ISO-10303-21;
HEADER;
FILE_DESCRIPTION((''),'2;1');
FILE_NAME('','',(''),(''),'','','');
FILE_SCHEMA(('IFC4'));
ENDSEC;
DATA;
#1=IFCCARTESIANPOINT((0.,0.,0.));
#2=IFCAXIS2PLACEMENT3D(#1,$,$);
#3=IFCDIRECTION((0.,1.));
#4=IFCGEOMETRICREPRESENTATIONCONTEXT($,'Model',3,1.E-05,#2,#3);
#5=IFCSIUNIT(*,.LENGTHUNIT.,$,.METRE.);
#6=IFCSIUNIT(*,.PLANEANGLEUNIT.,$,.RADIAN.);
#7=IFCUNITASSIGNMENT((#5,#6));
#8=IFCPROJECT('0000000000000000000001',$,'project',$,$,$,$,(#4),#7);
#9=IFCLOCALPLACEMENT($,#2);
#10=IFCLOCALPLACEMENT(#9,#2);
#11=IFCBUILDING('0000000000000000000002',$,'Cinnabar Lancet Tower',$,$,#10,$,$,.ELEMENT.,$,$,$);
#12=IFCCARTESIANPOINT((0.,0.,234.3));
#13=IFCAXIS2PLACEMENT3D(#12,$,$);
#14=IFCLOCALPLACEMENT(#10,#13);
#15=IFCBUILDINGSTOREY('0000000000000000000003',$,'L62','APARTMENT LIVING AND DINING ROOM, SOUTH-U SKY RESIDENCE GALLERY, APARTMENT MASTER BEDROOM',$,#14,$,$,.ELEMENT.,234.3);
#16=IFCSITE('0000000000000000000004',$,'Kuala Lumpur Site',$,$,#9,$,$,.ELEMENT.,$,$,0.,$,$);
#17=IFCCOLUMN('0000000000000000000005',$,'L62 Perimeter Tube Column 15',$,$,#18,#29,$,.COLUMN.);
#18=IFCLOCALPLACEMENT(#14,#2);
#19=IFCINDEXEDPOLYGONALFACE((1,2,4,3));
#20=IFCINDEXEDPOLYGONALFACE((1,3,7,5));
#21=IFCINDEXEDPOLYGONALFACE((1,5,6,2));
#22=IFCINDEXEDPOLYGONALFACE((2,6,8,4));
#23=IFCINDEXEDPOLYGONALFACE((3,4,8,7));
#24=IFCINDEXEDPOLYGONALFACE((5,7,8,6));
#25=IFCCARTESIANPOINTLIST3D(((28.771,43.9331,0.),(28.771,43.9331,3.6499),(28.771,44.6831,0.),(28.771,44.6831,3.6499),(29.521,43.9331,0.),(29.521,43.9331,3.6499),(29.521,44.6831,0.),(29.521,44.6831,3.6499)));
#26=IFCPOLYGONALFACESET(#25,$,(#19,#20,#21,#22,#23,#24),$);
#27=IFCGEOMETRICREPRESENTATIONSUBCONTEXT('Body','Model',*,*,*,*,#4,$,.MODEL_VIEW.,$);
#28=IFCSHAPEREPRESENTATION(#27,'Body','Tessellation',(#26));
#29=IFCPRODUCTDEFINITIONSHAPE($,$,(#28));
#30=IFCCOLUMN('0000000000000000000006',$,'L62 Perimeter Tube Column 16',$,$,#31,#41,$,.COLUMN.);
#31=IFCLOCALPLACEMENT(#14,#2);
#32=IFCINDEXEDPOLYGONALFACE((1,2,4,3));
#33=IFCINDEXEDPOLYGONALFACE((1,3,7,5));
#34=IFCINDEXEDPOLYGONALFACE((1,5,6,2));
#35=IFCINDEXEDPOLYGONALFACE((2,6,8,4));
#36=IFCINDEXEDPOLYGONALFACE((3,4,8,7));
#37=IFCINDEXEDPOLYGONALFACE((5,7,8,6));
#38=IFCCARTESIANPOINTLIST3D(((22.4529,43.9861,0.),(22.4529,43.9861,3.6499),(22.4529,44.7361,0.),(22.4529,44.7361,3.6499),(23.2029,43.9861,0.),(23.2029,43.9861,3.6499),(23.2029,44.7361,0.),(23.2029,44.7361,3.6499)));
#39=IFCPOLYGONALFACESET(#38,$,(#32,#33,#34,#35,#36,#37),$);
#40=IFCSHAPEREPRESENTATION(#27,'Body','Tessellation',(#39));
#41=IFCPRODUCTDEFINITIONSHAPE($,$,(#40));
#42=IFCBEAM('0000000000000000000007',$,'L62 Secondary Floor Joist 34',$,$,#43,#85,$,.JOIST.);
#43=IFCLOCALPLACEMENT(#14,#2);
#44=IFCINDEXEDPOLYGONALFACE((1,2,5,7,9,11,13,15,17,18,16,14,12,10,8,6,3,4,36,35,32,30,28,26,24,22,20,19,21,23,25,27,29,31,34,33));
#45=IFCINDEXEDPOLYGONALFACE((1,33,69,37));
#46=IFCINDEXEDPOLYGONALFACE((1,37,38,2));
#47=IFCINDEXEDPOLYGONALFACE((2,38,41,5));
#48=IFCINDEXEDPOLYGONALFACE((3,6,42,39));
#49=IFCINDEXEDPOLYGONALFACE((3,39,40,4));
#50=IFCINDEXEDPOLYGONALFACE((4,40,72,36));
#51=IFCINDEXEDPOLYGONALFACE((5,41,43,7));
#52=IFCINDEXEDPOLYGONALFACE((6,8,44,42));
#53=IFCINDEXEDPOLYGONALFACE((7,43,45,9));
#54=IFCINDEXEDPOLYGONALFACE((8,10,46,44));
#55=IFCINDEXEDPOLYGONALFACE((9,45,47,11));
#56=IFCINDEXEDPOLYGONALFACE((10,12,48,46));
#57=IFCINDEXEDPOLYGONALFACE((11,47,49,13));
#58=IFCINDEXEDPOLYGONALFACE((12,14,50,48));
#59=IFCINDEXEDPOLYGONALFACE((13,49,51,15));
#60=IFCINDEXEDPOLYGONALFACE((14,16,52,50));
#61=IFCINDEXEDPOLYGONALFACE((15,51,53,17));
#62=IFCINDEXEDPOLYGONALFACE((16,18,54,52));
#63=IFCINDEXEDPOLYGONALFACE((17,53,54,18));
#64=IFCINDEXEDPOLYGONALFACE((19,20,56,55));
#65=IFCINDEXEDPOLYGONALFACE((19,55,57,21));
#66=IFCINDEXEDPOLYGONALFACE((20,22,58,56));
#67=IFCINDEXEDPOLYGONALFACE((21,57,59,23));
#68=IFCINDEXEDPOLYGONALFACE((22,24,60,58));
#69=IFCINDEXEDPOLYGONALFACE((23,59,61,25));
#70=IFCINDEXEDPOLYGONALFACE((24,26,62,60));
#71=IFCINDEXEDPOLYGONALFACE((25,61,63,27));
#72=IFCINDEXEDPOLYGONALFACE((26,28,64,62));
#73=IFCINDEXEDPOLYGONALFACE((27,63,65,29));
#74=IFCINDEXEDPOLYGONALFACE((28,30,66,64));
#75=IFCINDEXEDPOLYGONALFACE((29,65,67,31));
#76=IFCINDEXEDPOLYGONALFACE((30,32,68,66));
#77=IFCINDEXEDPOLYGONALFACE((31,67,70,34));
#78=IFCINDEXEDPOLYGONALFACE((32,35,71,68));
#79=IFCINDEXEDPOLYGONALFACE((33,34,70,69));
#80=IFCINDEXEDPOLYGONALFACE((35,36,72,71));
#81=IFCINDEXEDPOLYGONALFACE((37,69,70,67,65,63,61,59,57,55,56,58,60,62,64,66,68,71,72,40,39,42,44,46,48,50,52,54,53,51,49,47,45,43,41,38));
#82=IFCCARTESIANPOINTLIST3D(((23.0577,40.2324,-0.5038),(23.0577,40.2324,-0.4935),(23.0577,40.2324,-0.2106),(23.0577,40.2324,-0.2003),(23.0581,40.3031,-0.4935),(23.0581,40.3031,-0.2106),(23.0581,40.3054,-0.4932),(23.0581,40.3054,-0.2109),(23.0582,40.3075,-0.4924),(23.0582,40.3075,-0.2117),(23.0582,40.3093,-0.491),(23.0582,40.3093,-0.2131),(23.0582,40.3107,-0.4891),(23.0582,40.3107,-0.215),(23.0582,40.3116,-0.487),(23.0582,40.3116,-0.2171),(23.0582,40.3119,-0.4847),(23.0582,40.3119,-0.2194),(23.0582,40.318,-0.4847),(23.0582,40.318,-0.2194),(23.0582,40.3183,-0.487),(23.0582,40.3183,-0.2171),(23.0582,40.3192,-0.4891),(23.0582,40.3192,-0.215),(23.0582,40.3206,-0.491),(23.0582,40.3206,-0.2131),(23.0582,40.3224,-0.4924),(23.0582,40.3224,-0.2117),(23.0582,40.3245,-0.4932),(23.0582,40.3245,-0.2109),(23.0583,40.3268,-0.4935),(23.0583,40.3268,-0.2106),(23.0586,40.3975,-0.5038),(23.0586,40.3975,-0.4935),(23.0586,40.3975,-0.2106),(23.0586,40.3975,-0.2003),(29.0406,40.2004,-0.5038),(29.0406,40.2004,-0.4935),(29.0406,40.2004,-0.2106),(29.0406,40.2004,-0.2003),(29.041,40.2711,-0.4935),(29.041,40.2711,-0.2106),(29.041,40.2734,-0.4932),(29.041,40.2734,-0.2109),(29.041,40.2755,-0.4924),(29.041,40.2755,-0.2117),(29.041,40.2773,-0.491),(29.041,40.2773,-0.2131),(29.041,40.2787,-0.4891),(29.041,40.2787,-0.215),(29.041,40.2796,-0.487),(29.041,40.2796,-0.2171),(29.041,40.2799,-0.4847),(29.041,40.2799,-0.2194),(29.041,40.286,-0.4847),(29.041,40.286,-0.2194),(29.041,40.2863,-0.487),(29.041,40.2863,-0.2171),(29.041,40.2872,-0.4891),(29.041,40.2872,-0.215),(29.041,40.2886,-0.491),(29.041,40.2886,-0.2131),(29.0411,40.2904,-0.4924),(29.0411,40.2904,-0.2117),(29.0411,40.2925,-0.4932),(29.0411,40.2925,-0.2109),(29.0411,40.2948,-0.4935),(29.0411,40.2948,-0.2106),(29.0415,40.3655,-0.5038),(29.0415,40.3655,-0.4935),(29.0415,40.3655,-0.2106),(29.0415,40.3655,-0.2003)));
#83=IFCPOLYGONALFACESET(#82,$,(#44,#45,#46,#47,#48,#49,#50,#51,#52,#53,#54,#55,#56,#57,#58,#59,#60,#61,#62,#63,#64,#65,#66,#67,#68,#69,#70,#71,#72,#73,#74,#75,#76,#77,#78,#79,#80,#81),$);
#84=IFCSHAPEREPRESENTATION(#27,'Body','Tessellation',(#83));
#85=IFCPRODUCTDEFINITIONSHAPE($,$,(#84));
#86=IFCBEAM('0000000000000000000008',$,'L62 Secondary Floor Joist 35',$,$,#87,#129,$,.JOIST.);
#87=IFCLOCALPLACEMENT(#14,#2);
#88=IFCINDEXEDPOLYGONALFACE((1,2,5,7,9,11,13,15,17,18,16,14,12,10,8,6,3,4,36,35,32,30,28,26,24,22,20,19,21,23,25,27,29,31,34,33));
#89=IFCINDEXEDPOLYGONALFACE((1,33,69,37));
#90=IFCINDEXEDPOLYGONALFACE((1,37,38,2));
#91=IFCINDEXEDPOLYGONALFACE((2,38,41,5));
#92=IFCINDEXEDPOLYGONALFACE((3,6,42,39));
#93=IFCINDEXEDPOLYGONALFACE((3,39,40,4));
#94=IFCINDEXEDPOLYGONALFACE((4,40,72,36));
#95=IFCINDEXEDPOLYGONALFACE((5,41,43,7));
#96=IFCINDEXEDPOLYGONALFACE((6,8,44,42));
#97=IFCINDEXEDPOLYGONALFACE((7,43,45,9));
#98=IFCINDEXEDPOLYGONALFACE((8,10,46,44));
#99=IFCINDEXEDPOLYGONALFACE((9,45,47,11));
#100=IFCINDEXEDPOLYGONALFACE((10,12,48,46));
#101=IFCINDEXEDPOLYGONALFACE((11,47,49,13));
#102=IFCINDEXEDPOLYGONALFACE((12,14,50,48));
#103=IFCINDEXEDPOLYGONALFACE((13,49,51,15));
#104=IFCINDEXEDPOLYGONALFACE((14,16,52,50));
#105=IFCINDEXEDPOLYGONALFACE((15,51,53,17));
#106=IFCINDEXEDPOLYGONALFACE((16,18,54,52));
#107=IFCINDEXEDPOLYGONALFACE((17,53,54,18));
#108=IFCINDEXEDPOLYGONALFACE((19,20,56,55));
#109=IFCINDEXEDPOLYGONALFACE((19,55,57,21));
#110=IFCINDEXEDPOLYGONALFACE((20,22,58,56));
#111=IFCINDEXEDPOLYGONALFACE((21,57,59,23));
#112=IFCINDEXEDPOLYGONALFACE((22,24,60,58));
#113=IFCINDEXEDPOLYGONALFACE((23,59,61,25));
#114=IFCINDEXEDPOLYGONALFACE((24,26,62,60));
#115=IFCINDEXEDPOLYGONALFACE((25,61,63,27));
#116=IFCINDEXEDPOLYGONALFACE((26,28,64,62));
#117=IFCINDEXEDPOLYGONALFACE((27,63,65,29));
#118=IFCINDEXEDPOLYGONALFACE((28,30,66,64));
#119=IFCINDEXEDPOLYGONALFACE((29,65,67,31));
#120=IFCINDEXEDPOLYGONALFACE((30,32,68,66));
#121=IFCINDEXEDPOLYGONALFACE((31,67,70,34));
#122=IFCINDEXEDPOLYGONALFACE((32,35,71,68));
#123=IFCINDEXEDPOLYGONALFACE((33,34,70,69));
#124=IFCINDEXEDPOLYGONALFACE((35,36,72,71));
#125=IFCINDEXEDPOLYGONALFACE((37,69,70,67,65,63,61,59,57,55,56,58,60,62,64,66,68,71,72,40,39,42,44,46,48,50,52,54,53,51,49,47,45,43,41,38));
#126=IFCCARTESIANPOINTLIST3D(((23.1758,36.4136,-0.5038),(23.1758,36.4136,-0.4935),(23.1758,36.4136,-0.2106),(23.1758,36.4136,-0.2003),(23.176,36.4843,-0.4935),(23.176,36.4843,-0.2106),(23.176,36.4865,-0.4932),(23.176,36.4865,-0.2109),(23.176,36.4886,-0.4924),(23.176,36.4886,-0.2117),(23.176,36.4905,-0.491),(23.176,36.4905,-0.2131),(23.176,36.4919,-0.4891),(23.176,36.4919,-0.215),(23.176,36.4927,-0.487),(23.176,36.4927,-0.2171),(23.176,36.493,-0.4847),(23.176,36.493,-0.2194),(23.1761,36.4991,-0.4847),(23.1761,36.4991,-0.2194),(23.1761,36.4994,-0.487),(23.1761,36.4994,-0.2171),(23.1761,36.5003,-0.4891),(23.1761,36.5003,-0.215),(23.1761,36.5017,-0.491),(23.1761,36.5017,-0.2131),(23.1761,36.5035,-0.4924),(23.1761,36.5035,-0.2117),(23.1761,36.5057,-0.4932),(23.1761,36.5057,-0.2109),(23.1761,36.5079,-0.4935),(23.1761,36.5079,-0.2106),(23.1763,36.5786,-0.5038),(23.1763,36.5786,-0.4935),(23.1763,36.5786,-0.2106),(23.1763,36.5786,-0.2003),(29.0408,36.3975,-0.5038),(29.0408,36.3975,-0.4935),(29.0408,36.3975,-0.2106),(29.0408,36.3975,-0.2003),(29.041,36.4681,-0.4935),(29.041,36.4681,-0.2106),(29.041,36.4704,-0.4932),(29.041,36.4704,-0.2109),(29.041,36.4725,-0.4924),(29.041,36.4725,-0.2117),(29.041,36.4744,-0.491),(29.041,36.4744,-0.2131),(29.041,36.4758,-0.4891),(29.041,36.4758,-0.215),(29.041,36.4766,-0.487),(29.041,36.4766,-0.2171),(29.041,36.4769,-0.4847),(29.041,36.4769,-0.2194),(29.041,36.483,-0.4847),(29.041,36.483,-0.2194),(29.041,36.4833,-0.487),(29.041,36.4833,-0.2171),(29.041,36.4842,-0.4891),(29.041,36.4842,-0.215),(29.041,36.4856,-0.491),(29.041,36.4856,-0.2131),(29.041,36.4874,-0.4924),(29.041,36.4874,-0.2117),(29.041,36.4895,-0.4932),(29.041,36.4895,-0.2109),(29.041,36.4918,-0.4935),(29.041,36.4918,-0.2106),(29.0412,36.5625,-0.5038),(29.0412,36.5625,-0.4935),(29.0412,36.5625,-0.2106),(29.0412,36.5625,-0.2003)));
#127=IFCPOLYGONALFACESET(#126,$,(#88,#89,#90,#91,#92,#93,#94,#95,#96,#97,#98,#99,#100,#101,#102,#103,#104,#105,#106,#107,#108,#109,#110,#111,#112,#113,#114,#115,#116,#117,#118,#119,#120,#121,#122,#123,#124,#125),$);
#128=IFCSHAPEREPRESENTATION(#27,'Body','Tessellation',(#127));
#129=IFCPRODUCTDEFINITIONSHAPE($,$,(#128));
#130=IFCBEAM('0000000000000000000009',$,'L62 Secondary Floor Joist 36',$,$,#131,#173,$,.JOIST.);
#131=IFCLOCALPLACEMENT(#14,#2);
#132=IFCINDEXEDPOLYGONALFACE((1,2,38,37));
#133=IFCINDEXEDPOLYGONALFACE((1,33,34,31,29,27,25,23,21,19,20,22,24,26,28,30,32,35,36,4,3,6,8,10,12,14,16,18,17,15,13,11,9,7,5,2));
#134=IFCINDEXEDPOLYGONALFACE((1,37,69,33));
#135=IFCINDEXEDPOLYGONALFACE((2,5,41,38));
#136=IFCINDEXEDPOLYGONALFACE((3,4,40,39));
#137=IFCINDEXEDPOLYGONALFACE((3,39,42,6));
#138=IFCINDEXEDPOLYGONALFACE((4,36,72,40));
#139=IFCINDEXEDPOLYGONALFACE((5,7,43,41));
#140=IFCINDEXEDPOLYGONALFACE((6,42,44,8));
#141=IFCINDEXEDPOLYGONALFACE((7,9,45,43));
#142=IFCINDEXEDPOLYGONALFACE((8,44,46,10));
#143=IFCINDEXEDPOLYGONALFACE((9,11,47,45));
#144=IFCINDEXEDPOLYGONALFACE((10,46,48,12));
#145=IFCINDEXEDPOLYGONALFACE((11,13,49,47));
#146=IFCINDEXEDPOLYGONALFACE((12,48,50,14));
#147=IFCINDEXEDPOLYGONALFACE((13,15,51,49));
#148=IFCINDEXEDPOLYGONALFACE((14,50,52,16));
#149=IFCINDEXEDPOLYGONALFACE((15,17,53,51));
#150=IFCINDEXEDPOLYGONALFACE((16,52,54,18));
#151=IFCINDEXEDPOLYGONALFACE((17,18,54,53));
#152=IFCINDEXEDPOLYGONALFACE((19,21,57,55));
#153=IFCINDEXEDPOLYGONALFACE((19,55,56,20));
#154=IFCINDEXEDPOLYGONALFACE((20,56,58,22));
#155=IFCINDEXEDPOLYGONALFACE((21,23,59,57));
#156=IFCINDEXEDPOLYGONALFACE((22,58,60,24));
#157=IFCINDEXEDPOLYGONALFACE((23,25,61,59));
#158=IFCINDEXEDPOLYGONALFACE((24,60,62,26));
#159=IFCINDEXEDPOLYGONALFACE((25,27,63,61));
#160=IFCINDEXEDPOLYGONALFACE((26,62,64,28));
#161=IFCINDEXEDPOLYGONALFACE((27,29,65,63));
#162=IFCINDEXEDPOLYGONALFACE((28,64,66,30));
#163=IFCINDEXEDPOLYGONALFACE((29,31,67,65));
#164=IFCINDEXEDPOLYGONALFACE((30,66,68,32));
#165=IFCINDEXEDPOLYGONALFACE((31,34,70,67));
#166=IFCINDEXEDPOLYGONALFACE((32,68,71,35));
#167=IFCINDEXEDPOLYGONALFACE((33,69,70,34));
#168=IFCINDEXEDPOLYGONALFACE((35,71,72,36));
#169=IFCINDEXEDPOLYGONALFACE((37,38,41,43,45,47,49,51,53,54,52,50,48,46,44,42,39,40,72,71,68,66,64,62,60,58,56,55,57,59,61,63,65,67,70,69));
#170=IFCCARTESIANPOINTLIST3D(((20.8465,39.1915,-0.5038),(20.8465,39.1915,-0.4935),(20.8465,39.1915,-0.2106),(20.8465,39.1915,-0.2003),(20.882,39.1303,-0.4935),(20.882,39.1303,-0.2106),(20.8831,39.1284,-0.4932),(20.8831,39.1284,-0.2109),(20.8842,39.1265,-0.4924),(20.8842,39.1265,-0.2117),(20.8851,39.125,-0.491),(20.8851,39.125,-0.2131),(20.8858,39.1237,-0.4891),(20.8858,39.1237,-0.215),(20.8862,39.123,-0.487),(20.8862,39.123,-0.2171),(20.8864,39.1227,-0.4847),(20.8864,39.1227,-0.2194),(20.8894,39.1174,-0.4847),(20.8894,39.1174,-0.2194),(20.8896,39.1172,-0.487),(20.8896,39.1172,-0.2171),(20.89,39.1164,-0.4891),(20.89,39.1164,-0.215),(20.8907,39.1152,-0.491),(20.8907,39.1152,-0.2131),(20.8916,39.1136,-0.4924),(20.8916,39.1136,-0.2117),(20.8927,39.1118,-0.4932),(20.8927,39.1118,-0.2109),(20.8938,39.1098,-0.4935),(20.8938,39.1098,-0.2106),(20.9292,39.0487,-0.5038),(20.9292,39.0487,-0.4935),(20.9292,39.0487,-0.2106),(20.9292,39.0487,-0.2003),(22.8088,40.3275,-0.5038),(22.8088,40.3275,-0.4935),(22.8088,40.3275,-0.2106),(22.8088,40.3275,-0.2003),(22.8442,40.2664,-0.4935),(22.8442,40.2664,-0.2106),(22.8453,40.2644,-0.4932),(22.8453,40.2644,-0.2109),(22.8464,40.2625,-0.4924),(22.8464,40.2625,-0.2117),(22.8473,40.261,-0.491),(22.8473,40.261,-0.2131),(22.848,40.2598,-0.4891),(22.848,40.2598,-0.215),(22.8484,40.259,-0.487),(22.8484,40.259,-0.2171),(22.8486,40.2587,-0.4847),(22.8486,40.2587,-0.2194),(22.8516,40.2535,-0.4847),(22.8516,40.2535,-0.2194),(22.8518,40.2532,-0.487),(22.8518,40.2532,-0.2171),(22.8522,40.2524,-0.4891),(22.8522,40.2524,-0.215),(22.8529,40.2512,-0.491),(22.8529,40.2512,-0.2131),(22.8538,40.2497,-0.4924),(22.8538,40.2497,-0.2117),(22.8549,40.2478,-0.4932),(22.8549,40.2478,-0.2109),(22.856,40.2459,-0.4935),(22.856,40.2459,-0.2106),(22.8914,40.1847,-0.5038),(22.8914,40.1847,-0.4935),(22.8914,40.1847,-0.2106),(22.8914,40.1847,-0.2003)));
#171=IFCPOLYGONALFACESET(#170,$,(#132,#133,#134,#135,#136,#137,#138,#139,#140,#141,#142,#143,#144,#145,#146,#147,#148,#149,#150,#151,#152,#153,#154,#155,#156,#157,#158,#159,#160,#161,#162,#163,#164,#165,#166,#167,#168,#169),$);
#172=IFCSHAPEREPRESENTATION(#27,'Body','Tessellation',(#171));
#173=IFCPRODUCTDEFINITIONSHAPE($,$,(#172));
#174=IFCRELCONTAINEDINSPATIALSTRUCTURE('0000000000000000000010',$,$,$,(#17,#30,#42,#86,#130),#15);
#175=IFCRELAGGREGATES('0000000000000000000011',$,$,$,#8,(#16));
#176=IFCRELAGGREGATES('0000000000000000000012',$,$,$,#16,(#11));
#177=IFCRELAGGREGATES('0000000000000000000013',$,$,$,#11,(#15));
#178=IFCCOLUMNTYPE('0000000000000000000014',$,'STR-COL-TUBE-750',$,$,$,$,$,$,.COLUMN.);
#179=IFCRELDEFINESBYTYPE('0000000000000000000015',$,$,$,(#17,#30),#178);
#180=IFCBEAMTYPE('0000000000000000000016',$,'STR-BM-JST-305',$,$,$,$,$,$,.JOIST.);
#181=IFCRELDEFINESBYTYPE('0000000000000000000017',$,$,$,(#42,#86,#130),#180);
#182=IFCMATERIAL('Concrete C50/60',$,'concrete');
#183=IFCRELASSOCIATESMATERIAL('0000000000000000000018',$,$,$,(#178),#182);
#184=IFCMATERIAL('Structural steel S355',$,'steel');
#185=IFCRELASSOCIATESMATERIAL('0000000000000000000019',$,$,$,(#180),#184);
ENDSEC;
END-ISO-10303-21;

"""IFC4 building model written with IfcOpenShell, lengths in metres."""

from ifc_helpers import new_model, si_unit, direction, frame, origin, origin_2d, place, context, subcontext, project, spatial, rectangle, i_section, extrude, material, material_profile, profile_set, type_object, element, save


model = new_model("IFC4")

# Units and contexts
model_context = context("Model", 3, precision=1e-05, world=origin(), true_north=direction((0.0, 1.0)))
body_context = subcontext(model_context, "Body", "Model", "MODEL_VIEW")
ifc_project = project(units=[si_unit("LENGTHUNIT", "METRE"), si_unit("PLANEANGLEUNIT", "RADIAN")], contexts=[model_context])

# Site, building, storey
site_placement = place(None, origin())
site = spatial("IfcSite", under=ifc_project, at=site_placement, Name="Kuala Lumpur Site", CompositionType="ELEMENT", RefElevation=0.0)
building_placement = place(site_placement, origin())
building = spatial("IfcBuilding", under=site, at=building_placement, Name="Cinnabar Lancet Tower", CompositionType="ELEMENT")
storey_placement = place(building_placement, frame((0.0, 0.0, 234.3)))
storey = spatial("IfcBuildingStorey", under=building, at=storey_placement, Name="L62", Description="APARTMENT LIVING AND DINING ROOM, SOUTH-U SKY RESIDENCE GALLERY, APARTMENT MASTER BEDROOM", CompositionType="ELEMENT", Elevation=234.3)

# Columns
ifc_material_1 = material(Name="Concrete C50/60", Category="concrete")
ifc_material_profile_1 = material_profile(ifc_material_1, rectangle(XDim=0.75, YDim=0.75, at=origin_2d()), Name="RC-COL 750x750")
ifc_profile_set_1 = profile_set([ifc_material_profile_1], Name="Concrete C50/60")
column_type = type_object("IfcColumnType", Name="STR-COL-TUBE-750", PredefinedType="COLUMN", material=ifc_profile_set_1)
for number, where, z_axis, x_axis, name in (
    (1, (29.146, 44.3081, 0.0), (0.0, 0.0, 1.0), (1.0, 0.0, 0.0), "L62 Perimeter Tube Column 15"),
    (2, (22.8279, 44.3611, 0.0), (0.0, 0.0, 1.0), (1.0, 0.0, 0.0), "L62 Perimeter Tube Column 16"),
):
    element("IfcColumn", number, at=place(storey_placement, frame(where, z_axis=z_axis, x_axis=x_axis)), inside=storey, type_object=column_type, Name=name, PredefinedType="COLUMN", context=body_context, shape_type="SweptSolid", body=[
        extrude(rectangle(XDim=0.75, YDim=0.75, at=origin_2d()), origin(), (0.0, 0.0, 1.0), 3.6499),
    ])

# Beams
ifc_material_2 = material(Name="Structural steel S355", Category="steel")
ifc_material_profile_2 = material_profile(ifc_material_2, i_section(OverallWidth=0.165, OverallDepth=0.3035, WebThickness=0.0061, FlangeThickness=0.0103, FilletRadius=0.0088, at=origin_2d()), Name="UKB 305x165x40")
ifc_profile_set_2 = profile_set([ifc_material_profile_2], Name="Structural steel S355")
beam_type_1 = type_object("IfcBeamType", Name="STR-BM-JST-305", PredefinedType="JOIST", material=ifc_profile_set_2)
beam_1_placement = place(storey_placement, frame((29.041, 40.283, -0.3521), z_axis=(-0.999986, 0.005346, 0.0), x_axis=(-0.005346, -0.999986, 0.0)))
element("IfcBeam", 3, at=beam_1_placement, inside=storey, type_object=beam_type_1, Name="L62 Secondary Floor Joist 34", PredefinedType="JOIST", context=body_context, shape_type="SweptSolid", body=[
    extrude(i_section(OverallWidth=0.165, OverallDepth=0.3035, WebThickness=0.0061, FlangeThickness=0.0103, FilletRadius=0.0088, at=origin_2d()), origin(), (0.0, 0.0, 1.0), 5.9829),
])
beam_2_placement = place(storey_placement, frame((29.041, 36.48, -0.3521), z_axis=(-0.999996, 0.002747, 0.0), x_axis=(-0.002747, -0.999996, 0.0)))
element("IfcBeam", 4, at=beam_2_placement, inside=storey, type_object=beam_type_1, Name="L62 Secondary Floor Joist 35", PredefinedType="JOIST", context=body_context, shape_type="SweptSolid", body=[
    extrude(i_section(OverallWidth=0.165, OverallDepth=0.3035, WebThickness=0.0061, FlangeThickness=0.0103, FilletRadius=0.0088, at=origin_2d()), origin(), (0.0, 0.0, 1.0), 5.865),
])
beam_3_placement = place(storey_placement, frame((22.8501, 40.2561, -0.3521), z_axis=(-0.865426, -0.501036, 0.0), x_axis=(0.501036, -0.865426, 0.0)))
element("IfcBeam", 5, at=beam_3_placement, inside=storey, type_object=beam_type_1, Name="L62 Secondary Floor Joist 36", PredefinedType="JOIST", context=body_context, shape_type="SweptSolid", body=[
    extrude(i_section(OverallWidth=0.165, OverallDepth=0.3035, WebThickness=0.0061, FlangeThickness=0.0103, FilletRadius=0.0088, at=origin_2d()), origin(), (0.0, 0.0, 1.0), 2.2673),
])

save(model, "model.ifc")
